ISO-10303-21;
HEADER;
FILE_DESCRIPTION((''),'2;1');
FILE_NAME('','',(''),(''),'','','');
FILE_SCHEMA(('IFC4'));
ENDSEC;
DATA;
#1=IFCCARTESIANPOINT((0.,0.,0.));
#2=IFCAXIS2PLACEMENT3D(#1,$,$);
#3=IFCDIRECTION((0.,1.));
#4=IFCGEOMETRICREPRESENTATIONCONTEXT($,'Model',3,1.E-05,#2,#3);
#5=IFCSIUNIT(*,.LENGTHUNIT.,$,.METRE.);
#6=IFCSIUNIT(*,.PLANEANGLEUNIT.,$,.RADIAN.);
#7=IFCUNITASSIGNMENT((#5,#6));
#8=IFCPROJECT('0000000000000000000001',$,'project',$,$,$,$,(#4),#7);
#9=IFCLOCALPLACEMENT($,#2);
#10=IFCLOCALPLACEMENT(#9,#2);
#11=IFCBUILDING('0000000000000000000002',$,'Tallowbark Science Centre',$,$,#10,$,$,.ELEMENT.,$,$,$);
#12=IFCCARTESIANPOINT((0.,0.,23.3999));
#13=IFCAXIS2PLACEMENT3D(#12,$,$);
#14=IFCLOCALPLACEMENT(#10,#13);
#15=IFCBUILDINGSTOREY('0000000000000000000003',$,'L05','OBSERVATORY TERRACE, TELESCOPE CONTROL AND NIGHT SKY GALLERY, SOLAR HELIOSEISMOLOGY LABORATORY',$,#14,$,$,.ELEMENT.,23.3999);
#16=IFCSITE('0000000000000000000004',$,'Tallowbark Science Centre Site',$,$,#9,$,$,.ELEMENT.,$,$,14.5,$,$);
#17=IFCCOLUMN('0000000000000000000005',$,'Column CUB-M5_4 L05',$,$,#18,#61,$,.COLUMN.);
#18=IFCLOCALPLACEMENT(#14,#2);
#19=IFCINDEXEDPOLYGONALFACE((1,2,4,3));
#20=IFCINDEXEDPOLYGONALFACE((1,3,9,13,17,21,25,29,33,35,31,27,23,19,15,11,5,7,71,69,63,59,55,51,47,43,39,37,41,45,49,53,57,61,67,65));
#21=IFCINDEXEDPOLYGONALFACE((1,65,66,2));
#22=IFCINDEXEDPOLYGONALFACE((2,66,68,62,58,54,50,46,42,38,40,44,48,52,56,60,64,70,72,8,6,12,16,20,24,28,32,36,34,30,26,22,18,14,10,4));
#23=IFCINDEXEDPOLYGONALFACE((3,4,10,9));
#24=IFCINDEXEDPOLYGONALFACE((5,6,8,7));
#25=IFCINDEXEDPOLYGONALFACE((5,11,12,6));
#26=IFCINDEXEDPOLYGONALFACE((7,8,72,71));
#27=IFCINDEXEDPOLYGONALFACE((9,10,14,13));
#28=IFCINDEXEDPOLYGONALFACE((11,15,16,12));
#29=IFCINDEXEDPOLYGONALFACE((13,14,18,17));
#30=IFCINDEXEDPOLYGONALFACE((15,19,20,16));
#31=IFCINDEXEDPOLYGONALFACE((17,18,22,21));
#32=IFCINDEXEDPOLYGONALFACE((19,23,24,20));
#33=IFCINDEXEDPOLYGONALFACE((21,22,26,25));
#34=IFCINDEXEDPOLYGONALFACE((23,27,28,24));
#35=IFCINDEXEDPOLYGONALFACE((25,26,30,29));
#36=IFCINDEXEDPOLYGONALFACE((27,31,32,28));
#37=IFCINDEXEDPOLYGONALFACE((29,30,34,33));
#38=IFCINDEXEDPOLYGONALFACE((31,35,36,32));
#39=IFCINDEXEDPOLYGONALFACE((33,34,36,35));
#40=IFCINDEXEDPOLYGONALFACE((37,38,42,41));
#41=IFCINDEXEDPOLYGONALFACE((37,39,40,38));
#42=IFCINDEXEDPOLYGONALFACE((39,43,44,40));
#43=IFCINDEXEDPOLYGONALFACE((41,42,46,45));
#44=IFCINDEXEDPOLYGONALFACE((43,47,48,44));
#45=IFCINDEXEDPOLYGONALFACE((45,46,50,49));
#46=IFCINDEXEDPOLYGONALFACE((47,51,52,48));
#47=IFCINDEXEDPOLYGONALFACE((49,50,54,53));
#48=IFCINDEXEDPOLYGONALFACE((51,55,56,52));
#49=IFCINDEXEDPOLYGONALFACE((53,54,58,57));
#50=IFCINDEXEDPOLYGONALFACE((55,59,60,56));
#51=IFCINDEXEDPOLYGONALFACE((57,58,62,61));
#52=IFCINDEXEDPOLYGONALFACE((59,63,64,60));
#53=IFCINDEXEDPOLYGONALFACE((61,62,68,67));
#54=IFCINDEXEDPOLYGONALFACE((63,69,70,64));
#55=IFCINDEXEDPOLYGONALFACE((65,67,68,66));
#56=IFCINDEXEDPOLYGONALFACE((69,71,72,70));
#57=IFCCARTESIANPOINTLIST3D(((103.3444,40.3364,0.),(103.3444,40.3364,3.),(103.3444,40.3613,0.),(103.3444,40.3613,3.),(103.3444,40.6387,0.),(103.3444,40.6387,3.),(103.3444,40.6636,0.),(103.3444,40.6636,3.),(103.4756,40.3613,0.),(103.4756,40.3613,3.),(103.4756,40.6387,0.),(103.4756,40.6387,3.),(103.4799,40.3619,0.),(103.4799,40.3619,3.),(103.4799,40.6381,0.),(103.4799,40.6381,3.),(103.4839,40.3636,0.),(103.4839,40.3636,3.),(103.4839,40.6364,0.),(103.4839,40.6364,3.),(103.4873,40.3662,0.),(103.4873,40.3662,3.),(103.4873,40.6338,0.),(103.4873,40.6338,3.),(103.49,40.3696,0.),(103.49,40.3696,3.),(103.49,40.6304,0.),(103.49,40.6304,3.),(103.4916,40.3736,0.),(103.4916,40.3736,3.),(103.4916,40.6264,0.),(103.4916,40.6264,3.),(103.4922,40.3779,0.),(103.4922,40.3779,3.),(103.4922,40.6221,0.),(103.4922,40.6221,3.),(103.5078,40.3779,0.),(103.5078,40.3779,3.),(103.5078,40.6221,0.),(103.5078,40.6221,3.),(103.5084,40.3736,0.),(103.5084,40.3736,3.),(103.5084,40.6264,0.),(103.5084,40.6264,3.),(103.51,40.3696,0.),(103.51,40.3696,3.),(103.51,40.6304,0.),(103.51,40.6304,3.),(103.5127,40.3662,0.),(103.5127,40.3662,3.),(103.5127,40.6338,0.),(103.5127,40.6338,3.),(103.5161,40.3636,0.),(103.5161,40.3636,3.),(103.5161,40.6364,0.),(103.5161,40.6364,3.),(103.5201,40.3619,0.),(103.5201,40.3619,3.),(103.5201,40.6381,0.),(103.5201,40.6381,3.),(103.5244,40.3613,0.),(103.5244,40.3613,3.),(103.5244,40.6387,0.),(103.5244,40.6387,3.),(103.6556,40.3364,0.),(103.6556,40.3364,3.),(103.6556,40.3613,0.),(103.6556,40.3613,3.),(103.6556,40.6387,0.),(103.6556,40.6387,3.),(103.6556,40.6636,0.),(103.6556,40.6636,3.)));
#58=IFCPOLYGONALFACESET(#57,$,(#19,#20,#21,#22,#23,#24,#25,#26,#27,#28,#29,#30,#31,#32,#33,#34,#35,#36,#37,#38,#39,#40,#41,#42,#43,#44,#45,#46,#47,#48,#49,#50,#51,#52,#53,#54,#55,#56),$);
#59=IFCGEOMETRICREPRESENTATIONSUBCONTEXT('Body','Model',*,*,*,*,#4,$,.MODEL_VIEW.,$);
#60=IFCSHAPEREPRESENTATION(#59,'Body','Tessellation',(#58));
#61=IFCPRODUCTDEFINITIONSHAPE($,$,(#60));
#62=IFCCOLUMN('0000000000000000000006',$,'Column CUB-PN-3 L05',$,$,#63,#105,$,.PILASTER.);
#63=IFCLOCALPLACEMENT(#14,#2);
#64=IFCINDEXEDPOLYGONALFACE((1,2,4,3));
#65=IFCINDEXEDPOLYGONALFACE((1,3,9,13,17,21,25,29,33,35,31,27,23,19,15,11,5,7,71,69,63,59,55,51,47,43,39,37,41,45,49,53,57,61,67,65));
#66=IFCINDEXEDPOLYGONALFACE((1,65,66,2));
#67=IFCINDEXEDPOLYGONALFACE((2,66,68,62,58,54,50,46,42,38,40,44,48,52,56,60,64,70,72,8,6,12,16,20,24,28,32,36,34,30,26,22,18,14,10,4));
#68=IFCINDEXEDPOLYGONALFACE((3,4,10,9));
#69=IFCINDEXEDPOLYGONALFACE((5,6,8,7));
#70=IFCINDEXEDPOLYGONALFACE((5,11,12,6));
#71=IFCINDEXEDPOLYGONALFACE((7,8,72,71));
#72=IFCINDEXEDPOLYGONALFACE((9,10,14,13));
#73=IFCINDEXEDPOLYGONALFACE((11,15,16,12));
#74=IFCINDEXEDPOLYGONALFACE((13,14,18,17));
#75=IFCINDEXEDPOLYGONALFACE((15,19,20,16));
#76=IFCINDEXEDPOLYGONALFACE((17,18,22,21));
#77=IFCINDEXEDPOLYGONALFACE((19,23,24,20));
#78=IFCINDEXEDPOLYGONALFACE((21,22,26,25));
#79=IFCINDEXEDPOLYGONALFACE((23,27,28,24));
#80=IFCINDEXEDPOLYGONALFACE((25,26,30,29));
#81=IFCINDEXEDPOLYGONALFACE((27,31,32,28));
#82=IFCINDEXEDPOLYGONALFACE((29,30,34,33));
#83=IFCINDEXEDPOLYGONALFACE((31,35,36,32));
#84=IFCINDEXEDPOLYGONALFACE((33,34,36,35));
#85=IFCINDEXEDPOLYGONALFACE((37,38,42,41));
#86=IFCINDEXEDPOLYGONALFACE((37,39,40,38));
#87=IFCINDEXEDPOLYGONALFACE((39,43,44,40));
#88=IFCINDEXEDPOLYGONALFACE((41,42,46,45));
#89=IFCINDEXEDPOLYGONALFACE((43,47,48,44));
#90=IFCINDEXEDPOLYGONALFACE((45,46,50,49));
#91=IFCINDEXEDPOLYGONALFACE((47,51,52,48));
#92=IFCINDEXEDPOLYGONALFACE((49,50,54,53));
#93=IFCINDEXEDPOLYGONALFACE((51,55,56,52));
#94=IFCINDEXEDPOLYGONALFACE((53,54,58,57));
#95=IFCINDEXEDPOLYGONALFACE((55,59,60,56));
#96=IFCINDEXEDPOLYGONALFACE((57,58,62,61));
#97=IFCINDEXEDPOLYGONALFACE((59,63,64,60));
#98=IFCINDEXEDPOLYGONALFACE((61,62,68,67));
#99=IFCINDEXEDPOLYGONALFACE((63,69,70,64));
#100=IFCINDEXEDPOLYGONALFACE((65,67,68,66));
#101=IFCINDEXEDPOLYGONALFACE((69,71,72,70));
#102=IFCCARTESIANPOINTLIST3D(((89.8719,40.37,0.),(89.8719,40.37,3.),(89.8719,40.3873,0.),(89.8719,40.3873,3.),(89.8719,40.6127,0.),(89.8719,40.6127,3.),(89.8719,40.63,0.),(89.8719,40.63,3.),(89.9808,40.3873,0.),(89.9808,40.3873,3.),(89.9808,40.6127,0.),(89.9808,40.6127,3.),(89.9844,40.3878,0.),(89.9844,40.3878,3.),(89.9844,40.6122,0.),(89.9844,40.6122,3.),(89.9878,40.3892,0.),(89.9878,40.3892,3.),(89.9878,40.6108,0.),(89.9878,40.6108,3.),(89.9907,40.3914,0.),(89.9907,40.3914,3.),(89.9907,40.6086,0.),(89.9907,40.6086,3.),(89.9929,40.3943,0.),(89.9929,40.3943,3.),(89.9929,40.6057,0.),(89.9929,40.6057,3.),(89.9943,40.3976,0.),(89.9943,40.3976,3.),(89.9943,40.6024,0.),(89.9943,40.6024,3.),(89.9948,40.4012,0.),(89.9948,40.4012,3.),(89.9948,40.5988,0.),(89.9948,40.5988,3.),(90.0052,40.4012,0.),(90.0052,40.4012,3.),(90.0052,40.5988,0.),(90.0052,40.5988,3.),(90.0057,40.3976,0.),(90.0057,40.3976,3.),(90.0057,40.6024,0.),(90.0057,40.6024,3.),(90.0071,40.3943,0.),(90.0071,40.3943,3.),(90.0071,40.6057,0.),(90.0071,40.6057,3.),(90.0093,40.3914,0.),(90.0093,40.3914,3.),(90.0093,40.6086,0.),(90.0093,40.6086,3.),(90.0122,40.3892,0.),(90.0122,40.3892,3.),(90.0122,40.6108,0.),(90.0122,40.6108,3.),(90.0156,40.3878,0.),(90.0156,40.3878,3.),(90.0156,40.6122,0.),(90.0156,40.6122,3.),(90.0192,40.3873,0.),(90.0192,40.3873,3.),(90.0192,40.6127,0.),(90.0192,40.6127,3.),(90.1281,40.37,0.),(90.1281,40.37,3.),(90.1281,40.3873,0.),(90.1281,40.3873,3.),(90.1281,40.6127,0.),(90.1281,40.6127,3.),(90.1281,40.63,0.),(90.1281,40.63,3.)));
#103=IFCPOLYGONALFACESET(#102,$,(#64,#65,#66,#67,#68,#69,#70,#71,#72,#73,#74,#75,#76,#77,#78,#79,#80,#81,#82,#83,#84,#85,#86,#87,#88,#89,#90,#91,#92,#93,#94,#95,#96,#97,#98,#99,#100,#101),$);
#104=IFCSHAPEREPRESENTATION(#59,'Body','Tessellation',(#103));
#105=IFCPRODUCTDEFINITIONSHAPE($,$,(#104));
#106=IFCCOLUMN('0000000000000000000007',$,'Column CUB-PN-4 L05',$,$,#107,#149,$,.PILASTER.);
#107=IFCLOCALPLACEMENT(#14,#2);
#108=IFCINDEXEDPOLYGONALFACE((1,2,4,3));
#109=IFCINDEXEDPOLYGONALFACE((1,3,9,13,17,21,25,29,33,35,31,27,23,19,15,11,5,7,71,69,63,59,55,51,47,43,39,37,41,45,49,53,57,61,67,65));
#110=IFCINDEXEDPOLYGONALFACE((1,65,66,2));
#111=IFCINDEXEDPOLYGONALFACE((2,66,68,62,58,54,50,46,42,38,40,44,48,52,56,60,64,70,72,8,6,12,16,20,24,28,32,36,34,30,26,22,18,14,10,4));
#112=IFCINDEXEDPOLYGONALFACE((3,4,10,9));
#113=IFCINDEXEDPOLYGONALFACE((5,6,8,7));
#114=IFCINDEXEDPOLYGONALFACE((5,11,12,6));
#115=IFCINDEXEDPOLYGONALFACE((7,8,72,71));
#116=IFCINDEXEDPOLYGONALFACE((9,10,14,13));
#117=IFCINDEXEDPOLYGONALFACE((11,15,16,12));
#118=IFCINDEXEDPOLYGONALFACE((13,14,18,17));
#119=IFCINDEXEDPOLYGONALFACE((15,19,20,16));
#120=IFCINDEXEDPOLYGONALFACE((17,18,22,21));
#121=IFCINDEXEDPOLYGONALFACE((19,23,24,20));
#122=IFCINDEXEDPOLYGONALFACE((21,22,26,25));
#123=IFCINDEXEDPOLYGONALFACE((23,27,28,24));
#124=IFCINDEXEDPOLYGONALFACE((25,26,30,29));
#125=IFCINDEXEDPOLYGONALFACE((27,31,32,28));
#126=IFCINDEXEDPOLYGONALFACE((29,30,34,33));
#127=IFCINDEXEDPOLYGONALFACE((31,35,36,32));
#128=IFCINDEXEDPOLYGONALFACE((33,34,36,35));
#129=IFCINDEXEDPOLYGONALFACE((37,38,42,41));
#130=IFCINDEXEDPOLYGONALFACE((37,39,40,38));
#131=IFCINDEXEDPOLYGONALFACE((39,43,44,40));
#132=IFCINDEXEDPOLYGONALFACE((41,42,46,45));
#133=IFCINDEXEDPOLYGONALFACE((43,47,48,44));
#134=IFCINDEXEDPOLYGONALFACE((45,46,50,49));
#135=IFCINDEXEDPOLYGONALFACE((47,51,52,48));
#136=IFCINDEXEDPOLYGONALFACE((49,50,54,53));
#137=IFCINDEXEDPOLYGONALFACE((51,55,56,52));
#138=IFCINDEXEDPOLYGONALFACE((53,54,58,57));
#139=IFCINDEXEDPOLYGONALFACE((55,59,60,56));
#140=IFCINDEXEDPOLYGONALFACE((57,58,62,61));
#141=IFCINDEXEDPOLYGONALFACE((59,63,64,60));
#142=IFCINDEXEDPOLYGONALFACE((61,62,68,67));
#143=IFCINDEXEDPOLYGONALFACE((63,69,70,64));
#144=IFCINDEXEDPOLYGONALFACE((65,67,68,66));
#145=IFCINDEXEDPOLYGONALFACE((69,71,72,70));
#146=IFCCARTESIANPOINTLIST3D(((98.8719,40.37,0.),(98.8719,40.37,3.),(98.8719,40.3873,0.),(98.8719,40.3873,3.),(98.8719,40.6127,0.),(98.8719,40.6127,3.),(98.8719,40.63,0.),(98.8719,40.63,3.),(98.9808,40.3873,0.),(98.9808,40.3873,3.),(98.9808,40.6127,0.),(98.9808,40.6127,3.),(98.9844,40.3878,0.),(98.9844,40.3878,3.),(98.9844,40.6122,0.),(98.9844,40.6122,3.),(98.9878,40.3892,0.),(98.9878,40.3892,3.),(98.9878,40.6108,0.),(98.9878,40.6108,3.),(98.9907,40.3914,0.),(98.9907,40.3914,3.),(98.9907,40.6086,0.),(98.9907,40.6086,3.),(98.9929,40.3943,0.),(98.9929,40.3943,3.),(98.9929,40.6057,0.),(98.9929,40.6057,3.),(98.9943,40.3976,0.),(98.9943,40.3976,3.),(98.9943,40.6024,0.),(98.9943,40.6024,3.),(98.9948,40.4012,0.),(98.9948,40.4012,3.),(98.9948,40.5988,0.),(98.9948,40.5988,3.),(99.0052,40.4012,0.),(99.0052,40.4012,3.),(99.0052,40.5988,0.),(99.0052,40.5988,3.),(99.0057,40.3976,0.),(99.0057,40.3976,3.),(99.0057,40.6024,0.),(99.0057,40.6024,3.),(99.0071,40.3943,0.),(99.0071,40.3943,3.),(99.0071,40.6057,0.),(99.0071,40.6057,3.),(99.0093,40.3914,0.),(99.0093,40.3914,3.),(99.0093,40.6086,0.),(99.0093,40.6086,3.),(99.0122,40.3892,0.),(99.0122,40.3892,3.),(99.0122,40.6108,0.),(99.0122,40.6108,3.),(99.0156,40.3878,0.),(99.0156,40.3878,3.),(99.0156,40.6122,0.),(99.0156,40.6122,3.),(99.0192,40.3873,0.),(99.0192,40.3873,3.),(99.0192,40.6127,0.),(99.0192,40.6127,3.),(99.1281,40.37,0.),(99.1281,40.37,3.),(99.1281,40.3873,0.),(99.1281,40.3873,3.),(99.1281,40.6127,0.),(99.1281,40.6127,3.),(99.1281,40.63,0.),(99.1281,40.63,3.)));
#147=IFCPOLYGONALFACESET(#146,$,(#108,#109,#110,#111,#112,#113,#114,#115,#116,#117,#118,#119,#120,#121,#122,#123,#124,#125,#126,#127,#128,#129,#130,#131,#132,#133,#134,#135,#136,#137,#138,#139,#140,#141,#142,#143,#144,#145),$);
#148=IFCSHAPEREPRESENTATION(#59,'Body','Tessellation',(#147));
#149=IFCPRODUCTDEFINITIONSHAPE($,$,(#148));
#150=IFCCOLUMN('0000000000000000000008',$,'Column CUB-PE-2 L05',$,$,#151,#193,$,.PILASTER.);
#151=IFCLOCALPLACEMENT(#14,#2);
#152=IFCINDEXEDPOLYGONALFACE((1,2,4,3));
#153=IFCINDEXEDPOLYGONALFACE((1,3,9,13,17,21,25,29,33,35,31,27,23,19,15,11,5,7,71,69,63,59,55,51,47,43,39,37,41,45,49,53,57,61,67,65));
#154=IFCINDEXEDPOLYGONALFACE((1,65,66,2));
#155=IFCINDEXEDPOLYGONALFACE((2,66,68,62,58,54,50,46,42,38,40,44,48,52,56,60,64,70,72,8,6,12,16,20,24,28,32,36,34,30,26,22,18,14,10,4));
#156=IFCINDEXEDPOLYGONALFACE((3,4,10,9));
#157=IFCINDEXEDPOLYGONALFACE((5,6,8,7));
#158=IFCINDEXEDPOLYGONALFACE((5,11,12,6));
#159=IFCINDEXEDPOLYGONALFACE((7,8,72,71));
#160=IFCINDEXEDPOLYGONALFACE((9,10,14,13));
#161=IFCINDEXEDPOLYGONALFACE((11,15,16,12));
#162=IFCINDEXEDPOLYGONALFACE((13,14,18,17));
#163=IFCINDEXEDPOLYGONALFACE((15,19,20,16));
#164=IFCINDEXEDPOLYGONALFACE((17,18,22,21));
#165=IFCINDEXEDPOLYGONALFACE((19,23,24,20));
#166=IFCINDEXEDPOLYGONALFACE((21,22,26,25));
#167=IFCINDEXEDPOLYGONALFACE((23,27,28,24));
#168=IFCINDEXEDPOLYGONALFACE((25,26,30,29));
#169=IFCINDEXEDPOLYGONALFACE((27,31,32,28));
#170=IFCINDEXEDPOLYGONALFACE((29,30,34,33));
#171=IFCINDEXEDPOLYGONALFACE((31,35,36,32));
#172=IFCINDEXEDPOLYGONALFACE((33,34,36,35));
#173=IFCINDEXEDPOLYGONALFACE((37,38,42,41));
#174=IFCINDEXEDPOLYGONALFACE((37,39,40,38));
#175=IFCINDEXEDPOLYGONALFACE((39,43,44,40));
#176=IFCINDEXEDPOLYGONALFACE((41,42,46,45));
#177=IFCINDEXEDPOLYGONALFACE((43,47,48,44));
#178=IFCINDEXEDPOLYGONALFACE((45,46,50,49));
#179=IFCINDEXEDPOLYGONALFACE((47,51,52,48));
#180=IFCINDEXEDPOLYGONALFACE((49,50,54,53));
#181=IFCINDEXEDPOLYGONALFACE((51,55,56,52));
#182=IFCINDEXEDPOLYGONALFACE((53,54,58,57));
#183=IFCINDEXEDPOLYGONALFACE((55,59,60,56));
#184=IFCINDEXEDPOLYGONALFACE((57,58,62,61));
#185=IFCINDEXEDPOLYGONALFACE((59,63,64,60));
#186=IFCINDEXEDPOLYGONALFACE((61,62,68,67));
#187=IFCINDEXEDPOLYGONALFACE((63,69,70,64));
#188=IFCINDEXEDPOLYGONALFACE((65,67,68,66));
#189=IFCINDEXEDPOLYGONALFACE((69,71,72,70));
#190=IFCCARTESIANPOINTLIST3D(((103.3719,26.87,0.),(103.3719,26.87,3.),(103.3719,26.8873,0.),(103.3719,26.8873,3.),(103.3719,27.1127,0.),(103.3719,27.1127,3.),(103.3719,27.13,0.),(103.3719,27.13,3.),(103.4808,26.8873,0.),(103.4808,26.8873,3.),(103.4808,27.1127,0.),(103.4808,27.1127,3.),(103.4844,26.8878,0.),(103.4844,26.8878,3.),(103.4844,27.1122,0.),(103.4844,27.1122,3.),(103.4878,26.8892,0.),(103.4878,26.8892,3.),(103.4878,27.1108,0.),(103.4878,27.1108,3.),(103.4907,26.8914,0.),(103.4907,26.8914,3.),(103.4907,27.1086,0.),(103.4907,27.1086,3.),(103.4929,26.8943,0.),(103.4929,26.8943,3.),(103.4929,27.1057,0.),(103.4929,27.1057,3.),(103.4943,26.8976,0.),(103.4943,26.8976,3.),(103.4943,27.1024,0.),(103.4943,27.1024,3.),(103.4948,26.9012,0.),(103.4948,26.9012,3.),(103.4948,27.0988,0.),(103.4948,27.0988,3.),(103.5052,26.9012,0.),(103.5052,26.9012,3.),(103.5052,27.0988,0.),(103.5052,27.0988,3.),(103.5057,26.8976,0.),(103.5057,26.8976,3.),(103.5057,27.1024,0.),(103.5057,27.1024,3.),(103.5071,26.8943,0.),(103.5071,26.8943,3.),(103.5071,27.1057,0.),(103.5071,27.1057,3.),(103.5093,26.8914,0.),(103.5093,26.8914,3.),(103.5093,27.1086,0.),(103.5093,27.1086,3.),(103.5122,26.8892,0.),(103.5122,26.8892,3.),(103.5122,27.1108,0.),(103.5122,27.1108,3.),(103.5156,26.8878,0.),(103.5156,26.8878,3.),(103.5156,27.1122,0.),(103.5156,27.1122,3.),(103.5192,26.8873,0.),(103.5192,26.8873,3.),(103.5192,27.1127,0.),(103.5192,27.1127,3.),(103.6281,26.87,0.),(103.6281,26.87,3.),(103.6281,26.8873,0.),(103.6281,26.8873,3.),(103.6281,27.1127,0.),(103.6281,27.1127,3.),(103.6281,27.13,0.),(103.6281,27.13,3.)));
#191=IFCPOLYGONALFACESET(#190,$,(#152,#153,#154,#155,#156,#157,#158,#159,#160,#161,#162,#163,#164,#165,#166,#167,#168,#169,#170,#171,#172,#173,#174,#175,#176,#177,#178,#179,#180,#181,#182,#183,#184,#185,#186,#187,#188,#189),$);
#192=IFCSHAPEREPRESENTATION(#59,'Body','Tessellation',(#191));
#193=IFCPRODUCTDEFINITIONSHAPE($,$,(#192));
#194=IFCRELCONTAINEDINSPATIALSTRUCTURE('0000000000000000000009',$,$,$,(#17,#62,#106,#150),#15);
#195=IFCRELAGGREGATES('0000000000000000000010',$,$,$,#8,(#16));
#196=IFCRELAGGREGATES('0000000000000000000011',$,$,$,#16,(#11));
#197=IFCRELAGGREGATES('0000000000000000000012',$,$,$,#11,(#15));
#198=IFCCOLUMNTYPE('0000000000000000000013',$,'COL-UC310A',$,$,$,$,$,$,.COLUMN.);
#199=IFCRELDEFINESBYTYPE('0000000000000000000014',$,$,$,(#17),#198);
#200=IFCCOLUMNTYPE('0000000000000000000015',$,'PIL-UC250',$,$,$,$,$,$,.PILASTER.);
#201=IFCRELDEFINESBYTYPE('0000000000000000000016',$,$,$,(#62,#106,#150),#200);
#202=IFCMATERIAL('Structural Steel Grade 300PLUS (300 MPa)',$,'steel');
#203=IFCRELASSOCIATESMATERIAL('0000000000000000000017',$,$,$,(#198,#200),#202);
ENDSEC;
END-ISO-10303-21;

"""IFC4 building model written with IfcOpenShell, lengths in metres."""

from ifc_helpers import new_model, si_unit, direction, frame, origin, origin_2d, place, context, subcontext, project, spatial, i_section, extrude, material, material_profile, profile_set, type_object, element, save


model = new_model("IFC4")

# Units and contexts
model_context = context("Model", 3, precision=1e-05, world=origin(), true_north=direction((0.0, 1.0)))
body_context = subcontext(model_context, "Body", "Model", "MODEL_VIEW")
ifc_project = project(units=[si_unit("LENGTHUNIT", "METRE"), si_unit("PLANEANGLEUNIT", "RADIAN")], contexts=[model_context])

# Site, building, storey
site_placement = place(None, origin())
site = spatial("IfcSite", under=ifc_project, at=site_placement, Name="Tallowbark Science Centre Site", CompositionType="ELEMENT", RefElevation=14.5)
building_placement = place(site_placement, origin())
building = spatial("IfcBuilding", under=site, at=building_placement, Name="Tallowbark Science Centre", CompositionType="ELEMENT")
storey_placement = place(building_placement, frame((0.0, 0.0, 23.3999)))
storey = spatial("IfcBuildingStorey", under=building, at=storey_placement, Name="L05", Description="OBSERVATORY TERRACE, TELESCOPE CONTROL AND NIGHT SKY GALLERY, SOLAR HELIOSEISMOLOGY LABORATORY", CompositionType="ELEMENT", Elevation=23.3999)

# Columns
ifc_material_1 = material(Name="Structural Steel Grade 300PLUS (300 MPa)", Category="steel")
ifc_material_profile_1 = material_profile(ifc_material_1, i_section(OverallWidth=0.3113, OverallDepth=0.3271, WebThickness=0.0156, FlangeThickness=0.0249, FilletRadius=0.0166, at=origin_2d()), Name="310UC158")
ifc_profile_set_1 = profile_set([ifc_material_profile_1], Name="Structural Steel Grade 300PLUS (300 MPa)")
column_type_1 = type_object("IfcColumnType", Name="COL-UC310A", PredefinedType="COLUMN", material=ifc_profile_set_1)
for number, where, z_axis, x_axis, name in (
    (1, (103.5, 40.5, 0.0), (0.0, 0.0, 1.0), (1.0, 0.0, 0.0), "Column CUB-M5_4 L05"),
):
    element("IfcColumn", number, at=place(storey_placement, frame(where, z_axis=z_axis, x_axis=x_axis)), inside=storey, type_object=column_type_1, Name=name, PredefinedType="COLUMN", context=body_context, shape_type="SweptSolid", body=[
        extrude(i_section(OverallWidth=0.3113, OverallDepth=0.3271, WebThickness=0.0156, FlangeThickness=0.0249, FilletRadius=0.0166, at=origin_2d()), origin(), (0.0, 0.0, 1.0), 3.0),
    ])
ifc_material_profile_2 = material_profile(ifc_material_1, i_section(OverallWidth=0.2561, OverallDepth=0.26, WebThickness=0.0105, FlangeThickness=0.0173, FilletRadius=0.0139, at=origin_2d()), Name="250UC89.5")
ifc_profile_set_2 = profile_set([ifc_material_profile_2], Name="Structural Steel Grade 300PLUS (300 MPa)")
column_type_2 = type_object("IfcColumnType", Name="PIL-UC250", PredefinedType="PILASTER", material=ifc_profile_set_2)
for number, where, z_axis, x_axis, name in (
    (2, (90.0, 40.5, 0.0), (0.0, 0.0, 1.0), (1.0, 0.0, 0.0), "Column CUB-PN-3 L05"),
    (3, (99.0, 40.5, 0.0), (0.0, 0.0, 1.0), (1.0, 0.0, 0.0), "Column CUB-PN-4 L05"),
    (4, (103.5, 27.0, 0.0), (0.0, 0.0, 1.0), (1.0, 0.0, 0.0), "Column CUB-PE-2 L05"),
):
    element("IfcColumn", number, at=place(storey_placement, frame(where, z_axis=z_axis, x_axis=x_axis)), inside=storey, type_object=column_type_2, Name=name, PredefinedType="PILASTER", context=body_context, shape_type="SweptSolid", body=[
        extrude(i_section(OverallWidth=0.2561, OverallDepth=0.26, WebThickness=0.0105, FlangeThickness=0.0173, FilletRadius=0.0139, at=origin_2d()), origin(), (0.0, 0.0, 1.0), 3.0),
    ])

save(model, "model.ifc")
